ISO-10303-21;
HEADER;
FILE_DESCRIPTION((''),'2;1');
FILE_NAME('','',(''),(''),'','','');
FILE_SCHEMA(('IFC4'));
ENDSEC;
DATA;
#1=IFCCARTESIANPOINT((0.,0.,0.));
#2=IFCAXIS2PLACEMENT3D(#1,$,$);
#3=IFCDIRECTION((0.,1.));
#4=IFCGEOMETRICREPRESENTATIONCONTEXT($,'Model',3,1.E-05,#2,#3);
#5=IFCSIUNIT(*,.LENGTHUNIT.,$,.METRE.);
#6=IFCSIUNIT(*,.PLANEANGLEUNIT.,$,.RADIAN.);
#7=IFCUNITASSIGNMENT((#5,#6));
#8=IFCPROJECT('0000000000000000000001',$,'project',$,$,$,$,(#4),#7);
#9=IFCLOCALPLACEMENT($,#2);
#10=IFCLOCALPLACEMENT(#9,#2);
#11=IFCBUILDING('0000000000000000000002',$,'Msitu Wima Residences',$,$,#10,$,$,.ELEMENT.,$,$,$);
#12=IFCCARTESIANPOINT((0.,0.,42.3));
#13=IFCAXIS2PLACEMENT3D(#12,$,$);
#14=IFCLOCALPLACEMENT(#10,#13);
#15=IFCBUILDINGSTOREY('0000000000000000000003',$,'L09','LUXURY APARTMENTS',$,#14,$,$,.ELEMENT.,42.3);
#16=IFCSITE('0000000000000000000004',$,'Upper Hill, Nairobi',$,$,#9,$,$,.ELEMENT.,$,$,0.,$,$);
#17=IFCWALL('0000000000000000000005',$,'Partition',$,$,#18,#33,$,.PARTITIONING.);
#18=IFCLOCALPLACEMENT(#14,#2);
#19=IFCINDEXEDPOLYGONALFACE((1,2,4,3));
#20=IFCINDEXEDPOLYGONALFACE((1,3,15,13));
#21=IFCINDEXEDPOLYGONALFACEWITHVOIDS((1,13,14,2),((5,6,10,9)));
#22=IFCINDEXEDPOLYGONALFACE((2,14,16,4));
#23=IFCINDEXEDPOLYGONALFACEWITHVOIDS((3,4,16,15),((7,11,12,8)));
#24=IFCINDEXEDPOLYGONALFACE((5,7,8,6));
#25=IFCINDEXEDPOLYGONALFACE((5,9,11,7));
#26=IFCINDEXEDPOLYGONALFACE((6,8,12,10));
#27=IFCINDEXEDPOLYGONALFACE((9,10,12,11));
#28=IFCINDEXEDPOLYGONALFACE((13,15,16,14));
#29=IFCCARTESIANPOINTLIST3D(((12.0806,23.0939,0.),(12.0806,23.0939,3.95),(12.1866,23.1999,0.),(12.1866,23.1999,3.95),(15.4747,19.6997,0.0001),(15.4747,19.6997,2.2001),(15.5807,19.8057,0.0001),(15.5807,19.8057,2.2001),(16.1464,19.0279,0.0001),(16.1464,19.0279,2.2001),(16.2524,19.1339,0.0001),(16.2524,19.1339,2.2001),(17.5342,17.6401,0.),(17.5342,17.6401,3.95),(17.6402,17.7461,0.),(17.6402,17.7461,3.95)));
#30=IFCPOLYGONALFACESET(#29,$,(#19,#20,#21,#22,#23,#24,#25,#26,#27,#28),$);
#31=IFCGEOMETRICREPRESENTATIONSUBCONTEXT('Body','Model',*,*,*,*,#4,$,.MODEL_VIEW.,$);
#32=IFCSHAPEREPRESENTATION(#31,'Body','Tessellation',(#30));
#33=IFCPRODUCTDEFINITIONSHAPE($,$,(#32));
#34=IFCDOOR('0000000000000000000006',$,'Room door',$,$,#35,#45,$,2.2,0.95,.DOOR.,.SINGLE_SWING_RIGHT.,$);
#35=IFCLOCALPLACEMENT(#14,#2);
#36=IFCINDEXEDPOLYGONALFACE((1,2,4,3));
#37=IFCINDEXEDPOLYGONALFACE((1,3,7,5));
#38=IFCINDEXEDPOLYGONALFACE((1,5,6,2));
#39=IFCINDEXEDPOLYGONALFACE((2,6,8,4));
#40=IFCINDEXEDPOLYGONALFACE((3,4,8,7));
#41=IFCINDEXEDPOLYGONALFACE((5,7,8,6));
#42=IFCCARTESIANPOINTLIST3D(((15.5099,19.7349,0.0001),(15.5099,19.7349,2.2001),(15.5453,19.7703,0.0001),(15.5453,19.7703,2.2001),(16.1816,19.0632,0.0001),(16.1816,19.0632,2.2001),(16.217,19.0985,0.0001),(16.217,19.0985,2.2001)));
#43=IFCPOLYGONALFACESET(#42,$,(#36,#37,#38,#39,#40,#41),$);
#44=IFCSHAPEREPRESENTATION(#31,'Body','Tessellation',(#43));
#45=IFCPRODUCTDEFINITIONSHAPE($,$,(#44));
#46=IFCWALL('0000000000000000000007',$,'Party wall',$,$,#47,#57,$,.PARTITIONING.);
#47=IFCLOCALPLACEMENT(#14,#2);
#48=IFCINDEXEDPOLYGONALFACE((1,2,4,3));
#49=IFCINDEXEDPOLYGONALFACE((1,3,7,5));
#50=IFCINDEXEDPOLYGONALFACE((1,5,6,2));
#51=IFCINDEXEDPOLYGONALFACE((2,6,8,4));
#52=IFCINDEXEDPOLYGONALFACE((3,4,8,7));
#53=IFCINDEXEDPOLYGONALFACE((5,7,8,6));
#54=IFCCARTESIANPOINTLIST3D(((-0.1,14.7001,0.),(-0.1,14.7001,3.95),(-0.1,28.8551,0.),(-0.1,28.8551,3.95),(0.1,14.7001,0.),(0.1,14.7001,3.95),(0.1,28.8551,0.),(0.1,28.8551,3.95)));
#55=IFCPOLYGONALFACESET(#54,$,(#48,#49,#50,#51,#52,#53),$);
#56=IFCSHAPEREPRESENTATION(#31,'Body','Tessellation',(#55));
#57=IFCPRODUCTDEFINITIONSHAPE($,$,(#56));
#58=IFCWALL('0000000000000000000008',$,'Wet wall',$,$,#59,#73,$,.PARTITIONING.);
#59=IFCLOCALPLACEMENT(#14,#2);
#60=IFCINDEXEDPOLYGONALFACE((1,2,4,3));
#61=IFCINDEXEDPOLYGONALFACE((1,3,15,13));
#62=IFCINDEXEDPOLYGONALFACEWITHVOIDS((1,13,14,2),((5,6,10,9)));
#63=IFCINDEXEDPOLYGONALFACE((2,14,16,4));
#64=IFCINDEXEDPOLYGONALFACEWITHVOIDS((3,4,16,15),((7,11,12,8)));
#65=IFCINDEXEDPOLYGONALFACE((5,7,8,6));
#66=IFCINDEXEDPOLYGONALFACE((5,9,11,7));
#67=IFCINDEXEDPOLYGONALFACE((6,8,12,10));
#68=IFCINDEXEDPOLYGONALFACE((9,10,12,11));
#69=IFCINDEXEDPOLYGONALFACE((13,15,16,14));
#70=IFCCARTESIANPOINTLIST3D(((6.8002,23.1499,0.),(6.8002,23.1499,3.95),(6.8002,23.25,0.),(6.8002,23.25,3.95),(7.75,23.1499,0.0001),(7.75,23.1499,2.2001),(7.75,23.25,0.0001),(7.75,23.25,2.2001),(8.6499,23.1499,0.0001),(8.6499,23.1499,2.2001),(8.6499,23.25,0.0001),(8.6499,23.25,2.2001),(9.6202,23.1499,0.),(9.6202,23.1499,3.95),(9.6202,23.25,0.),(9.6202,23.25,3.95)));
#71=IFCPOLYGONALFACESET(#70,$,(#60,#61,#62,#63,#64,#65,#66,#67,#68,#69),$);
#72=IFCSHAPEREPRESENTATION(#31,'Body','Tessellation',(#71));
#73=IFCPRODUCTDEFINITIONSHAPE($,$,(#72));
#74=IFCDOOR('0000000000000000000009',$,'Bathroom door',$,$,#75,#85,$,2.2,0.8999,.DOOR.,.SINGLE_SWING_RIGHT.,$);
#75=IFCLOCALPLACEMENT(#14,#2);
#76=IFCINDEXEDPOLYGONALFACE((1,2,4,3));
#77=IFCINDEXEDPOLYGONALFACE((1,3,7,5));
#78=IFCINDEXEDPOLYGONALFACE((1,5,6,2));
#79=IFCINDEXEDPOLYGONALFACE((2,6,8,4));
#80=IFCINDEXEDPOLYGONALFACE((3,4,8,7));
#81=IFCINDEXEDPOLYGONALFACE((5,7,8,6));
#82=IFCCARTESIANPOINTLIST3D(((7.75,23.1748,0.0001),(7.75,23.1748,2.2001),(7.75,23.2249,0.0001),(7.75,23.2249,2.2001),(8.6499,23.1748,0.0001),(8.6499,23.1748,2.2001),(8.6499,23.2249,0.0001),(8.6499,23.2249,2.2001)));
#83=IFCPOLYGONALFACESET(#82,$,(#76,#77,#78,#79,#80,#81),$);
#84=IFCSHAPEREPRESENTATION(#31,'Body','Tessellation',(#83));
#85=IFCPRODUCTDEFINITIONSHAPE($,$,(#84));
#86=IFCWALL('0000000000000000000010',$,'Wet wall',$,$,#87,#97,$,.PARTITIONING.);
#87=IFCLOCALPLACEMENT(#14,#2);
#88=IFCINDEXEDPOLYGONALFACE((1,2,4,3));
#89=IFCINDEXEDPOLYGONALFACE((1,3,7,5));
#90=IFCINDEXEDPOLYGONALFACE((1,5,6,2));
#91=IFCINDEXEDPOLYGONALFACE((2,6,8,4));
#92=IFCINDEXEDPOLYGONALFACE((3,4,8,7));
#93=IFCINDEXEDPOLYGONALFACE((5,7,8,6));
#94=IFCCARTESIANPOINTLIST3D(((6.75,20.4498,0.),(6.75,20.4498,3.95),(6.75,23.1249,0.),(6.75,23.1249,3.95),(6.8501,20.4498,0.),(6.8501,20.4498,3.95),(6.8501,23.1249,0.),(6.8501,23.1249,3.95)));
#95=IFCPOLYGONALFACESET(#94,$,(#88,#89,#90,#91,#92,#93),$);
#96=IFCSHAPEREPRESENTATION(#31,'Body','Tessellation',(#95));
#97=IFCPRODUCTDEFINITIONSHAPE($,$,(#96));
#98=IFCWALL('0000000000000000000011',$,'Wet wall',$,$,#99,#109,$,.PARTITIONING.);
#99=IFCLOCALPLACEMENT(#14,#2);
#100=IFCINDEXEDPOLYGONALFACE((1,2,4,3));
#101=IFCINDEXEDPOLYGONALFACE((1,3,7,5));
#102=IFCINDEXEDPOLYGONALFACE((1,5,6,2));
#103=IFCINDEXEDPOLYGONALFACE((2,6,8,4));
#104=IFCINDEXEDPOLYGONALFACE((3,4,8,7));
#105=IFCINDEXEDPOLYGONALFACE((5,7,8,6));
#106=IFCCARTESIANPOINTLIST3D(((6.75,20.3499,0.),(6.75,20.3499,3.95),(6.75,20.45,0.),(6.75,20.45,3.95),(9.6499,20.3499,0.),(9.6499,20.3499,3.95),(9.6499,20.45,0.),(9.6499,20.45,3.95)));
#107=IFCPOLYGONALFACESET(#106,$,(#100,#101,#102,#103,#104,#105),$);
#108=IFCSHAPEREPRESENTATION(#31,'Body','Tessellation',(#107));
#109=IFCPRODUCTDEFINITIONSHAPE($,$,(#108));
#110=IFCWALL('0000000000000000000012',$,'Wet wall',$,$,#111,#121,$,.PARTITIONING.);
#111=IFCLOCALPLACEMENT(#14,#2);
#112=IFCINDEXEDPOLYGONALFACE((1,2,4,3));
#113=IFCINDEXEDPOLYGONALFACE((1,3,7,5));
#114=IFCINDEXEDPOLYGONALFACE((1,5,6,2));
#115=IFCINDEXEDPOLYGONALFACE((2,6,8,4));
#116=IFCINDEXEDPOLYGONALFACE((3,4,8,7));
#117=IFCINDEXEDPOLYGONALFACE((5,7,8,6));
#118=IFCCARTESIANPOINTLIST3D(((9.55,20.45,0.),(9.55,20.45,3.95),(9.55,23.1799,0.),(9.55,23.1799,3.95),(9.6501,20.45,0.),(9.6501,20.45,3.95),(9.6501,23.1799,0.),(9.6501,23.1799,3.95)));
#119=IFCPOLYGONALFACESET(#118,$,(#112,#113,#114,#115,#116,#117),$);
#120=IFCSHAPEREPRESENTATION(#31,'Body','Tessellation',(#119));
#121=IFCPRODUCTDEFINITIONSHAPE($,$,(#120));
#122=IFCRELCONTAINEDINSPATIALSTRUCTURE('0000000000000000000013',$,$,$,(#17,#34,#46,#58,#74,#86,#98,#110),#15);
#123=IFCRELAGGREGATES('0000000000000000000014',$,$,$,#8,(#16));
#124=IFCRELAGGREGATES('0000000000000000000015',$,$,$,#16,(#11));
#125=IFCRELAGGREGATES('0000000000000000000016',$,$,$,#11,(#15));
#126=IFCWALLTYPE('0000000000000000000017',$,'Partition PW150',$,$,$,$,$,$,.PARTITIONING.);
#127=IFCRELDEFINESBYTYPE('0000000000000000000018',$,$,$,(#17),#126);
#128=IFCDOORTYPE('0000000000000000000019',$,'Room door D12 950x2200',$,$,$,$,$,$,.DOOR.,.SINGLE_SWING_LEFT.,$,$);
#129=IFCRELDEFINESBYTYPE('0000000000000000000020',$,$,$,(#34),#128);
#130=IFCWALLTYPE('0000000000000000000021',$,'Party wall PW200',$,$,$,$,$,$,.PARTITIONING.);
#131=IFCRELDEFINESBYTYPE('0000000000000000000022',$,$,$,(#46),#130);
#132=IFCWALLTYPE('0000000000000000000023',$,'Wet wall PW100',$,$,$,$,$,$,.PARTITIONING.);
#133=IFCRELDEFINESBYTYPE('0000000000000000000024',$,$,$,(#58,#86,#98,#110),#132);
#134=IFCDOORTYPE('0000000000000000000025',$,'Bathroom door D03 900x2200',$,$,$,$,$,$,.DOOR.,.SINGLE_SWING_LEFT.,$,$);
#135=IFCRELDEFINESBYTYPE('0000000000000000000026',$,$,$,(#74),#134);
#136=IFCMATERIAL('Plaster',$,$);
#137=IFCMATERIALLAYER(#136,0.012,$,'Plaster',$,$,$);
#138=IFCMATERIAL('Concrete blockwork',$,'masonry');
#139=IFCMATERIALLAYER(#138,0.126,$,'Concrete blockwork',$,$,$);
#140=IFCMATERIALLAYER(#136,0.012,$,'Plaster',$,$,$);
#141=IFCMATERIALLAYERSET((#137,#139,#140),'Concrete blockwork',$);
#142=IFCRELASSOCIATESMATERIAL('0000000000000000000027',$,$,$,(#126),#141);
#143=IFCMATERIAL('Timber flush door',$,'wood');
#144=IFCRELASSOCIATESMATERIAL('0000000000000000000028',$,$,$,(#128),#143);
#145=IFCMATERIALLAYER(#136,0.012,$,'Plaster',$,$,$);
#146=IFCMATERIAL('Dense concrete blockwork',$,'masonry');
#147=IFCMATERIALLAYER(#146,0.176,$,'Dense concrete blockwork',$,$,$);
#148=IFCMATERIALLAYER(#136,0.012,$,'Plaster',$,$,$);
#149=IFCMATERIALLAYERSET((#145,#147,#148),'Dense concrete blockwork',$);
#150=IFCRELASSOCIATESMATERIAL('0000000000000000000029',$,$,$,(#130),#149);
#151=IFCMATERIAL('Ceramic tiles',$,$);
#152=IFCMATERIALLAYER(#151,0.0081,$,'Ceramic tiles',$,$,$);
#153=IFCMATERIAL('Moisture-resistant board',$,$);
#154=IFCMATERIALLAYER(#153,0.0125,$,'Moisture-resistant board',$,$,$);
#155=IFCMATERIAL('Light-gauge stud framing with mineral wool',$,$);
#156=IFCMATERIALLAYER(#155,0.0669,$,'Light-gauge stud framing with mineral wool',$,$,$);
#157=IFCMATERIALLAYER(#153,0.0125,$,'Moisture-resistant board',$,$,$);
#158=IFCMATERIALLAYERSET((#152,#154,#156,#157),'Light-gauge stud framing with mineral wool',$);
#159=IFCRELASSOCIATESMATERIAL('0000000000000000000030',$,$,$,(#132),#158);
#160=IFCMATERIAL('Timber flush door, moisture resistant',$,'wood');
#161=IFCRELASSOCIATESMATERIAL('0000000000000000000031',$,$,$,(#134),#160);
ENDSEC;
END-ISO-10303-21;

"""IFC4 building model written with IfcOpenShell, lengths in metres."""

from ifc_helpers import new_model, si_unit, direction, frame, frame_2d, origin, place, context, subcontext, project, spatial, rectangle, extrude, material, layer, layer_set, type_object, element, fill, save


model = new_model("IFC4")

# Units and contexts
model_context = context("Model", 3, precision=1e-05, world=origin(), true_north=direction((0.0, 1.0)))
body_context = subcontext(model_context, "Body", "Model", "MODEL_VIEW")
ifc_project = project(units=[si_unit("LENGTHUNIT", "METRE"), si_unit("PLANEANGLEUNIT", "RADIAN")], contexts=[model_context])

# Site, building, storey
site_placement = place(None, origin())
site = spatial("IfcSite", under=ifc_project, at=site_placement, Name="Upper Hill, Nairobi", CompositionType="ELEMENT", RefElevation=0.0)
building_placement = place(site_placement, origin())
building = spatial("IfcBuilding", under=site, at=building_placement, Name="Msitu Wima Residences", CompositionType="ELEMENT")
storey_placement = place(building_placement, frame((0.0, 0.0, 42.3)))
storey = spatial("IfcBuildingStorey", under=building, at=storey_placement, Name="L09", Description="LUXURY APARTMENTS", CompositionType="ELEMENT", Elevation=42.3)

# Shared definitions
ifc_material_1 = material(Name="Plaster")
ifc_layer_1 = layer(ifc_material_1, 0.012, Name="Plaster")
ifc_material_2 = material(Name="Concrete blockwork", Category="masonry")
ifc_layer_2 = layer(ifc_material_2, 0.126, Name="Concrete blockwork")
ifc_layer_3 = layer(ifc_material_1, 0.012, Name="Plaster")
ifc_layer_set_1 = layer_set([ifc_layer_1, ifc_layer_2, ifc_layer_3], Name="Concrete blockwork")
wall_type_1 = type_object("IfcWallType", Name="Partition PW150", PredefinedType="PARTITIONING", material=ifc_layer_set_1)
ifc_material_3 = material(Name="Timber flush door", Category="wood")
door_type_1 = type_object("IfcDoorType", Name="Room door D12 950x2200", OperationType="SINGLE_SWING_LEFT", PredefinedType="DOOR", material=ifc_material_3)

# Wall, opening, door
wall_1_placement = place(storey_placement, frame((12.1335, 23.147, 0.0), z_axis=(0.0, 0.0, 1.0), x_axis=(0.707091, -0.707123, 0.0)))
wall_1 = element("IfcWall", 1, at=wall_1_placement, inside=storey, type_object=wall_type_1, Name="Partition", PredefinedType="PARTITIONING", context=body_context, shape_type="SweptSolid", body=[
    extrude(rectangle(XDim=7.7126, YDim=0.1499, at=frame_2d((3.8564, 0.0))), origin(), (0.0, 0.0, 1.0), 3.95),
])
opening_1_placement = place(wall_1_placement, frame((4.8, 0.0, 0.0)))
opening_1 = element("IfcOpeningElement", 2, at=opening_1_placement, cuts=wall_1, PredefinedType="OPENING", context=body_context, shape_type="SweptSolid", body=[
    extrude(rectangle(XDim=0.95, YDim=2.2, at=frame_2d((0.4751, 1.1001))), frame((0.0, 0.085, 0.0), z_axis=(0.0, -1.0, 0.0), x_axis=(1.0, 0.0, 0.0)), (0.0, 0.0, 1.0), 0.1699),
])
door_1_placement = place(opening_1_placement, origin())
door_1 = element("IfcDoor", 3, at=door_1_placement, inside=storey, type_object=door_type_1, Name="Room door", OperationType="SINGLE_SWING_RIGHT", OverallHeight=2.2, OverallWidth=0.95, PredefinedType="DOOR", context=body_context, shape_type="SweptSolid", body=[
    extrude(rectangle(XDim=0.95, YDim=2.2, at=frame_2d((0.4751, 1.1001))), frame((0.0, 0.0249, 0.0), z_axis=(0.0, -1.0, 0.0), x_axis=(1.0, 0.0, 0.0)), (0.0, 0.0, 1.0), 0.05),
])
fill(opening_1, door_1)

# Wall
ifc_layer_4 = layer(ifc_material_1, 0.012, Name="Plaster")
ifc_material_4 = material(Name="Dense concrete blockwork", Category="masonry")
ifc_layer_5 = layer(ifc_material_4, 0.176, Name="Dense concrete blockwork")
ifc_layer_6 = layer(ifc_material_1, 0.012, Name="Plaster")
ifc_layer_set_2 = layer_set([ifc_layer_4, ifc_layer_5, ifc_layer_6], Name="Dense concrete blockwork")
wall_type_2 = type_object("IfcWallType", Name="Party wall PW200", PredefinedType="PARTITIONING", material=ifc_layer_set_2)
wall_2_placement = place(storey_placement, frame((0.0, 14.7, 0.0), z_axis=(0.0, 0.0, 1.0), x_axis=(0.0, 1.0, 0.0)))
element("IfcWall", 4, at=wall_2_placement, inside=storey, type_object=wall_type_2, Name="Party wall", PredefinedType="PARTITIONING", context=body_context, shape_type="SweptSolid", body=[
    extrude(rectangle(XDim=14.155, YDim=0.2, at=frame_2d((7.0776, 0.0))), origin(), (0.0, 0.0, 1.0), 3.95),
])

# Wall, opening, door
ifc_material_5 = material(Name="Ceramic tiles")
ifc_layer_7 = layer(ifc_material_5, 0.0081, Name="Ceramic tiles")
ifc_material_6 = material(Name="Moisture-resistant board")
ifc_layer_8 = layer(ifc_material_6, 0.0125, Name="Moisture-resistant board")
ifc_material_7 = material(Name="Light-gauge stud framing with mineral wool")
ifc_layer_9 = layer(ifc_material_7, 0.0669, Name="Light-gauge stud framing with mineral wool")
ifc_layer_10 = layer(ifc_material_6, 0.0125, Name="Moisture-resistant board")
ifc_layer_set_3 = layer_set([ifc_layer_7, ifc_layer_8, ifc_layer_9, ifc_layer_10], Name="Light-gauge stud framing with mineral wool")
wall_type_3 = type_object("IfcWallType", Name="Wet wall PW100", PredefinedType="PARTITIONING", material=ifc_layer_set_3)
wall_3_placement = place(storey_placement, frame((6.8, 23.2, 0.0), z_axis=(0.0, 0.0, 1.0), x_axis=(1.0, 0.0, 0.0)))
wall_3 = element("IfcWall", 5, at=wall_3_placement, inside=storey, type_object=wall_type_3, Name="Wet wall", PredefinedType="PARTITIONING", context=body_context, shape_type="SweptSolid", body=[
    extrude(rectangle(XDim=2.8201, YDim=0.1001, at=frame_2d((1.4102, 0.0))), origin(), (0.0, 0.0, 1.0), 3.95),
])
opening_2_placement = place(wall_3_placement, frame((0.95, 0.0, 0.0)))
opening_2 = element("IfcOpeningElement", 6, at=opening_2_placement, cuts=wall_3, PredefinedType="OPENING", context=body_context, shape_type="SweptSolid", body=[
    extrude(rectangle(XDim=0.8999, YDim=2.2, at=frame_2d((0.45, 1.1001))), frame((0.0, 0.0601, 0.0), z_axis=(0.0, -1.0, 0.0), x_axis=(1.0, 0.0, 0.0)), (0.0, 0.0, 1.0), 0.1201),
])
ifc_material_8 = material(Name="Timber flush door, moisture resistant", Category="wood")
door_type_2 = type_object("IfcDoorType", Name="Bathroom door D03 900x2200", OperationType="SINGLE_SWING_LEFT", PredefinedType="DOOR", material=ifc_material_8)
door_2_placement = place(opening_2_placement, origin())
door_2 = element("IfcDoor", 7, at=door_2_placement, inside=storey, type_object=door_type_2, Name="Bathroom door", OperationType="SINGLE_SWING_RIGHT", OverallHeight=2.2, OverallWidth=0.8999, PredefinedType="DOOR", context=body_context, shape_type="SweptSolid", body=[
    extrude(rectangle(XDim=0.8999, YDim=2.2, at=frame_2d((0.45, 1.1001))), frame((0.0, 0.0249, 0.0), z_axis=(0.0, -1.0, 0.0), x_axis=(1.0, 0.0, 0.0)), (0.0, 0.0, 1.0), 0.05),
])
fill(opening_2, door_2)

# Walls
wall_4_placement = place(storey_placement, frame((6.8, 20.45, 0.0), z_axis=(0.0, 0.0, 1.0), x_axis=(0.0, 1.0, 0.0)))
element("IfcWall", 8, at=wall_4_placement, inside=storey, type_object=wall_type_3, Name="Wet wall", PredefinedType="PARTITIONING", context=body_context, shape_type="SweptSolid", body=[
    extrude(rectangle(XDim=2.675, YDim=0.1001, at=frame_2d((1.3374, 0.0))), origin(), (0.0, 0.0, 1.0), 3.95),
])
wall_5_placement = place(storey_placement, frame((6.75, 20.3999, 0.0), z_axis=(0.0, 0.0, 1.0), x_axis=(1.0, 0.0, 0.0)))
element("IfcWall", 9, at=wall_5_placement, inside=storey, type_object=wall_type_3, Name="Wet wall", PredefinedType="PARTITIONING", context=body_context, shape_type="SweptSolid", body=[
    extrude(rectangle(XDim=2.8999, YDim=0.1001, at=frame_2d((1.45, 0.0))), origin(), (0.0, 0.0, 1.0), 3.95),
])
wall_6_placement = place(storey_placement, frame((9.6001, 20.45, 0.0), z_axis=(0.0, 0.0, 1.0), x_axis=(0.0, 1.0, 0.0)))
element("IfcWall", 10, at=wall_6_placement, inside=storey, type_object=wall_type_3, Name="Wet wall", PredefinedType="PARTITIONING", context=body_context, shape_type="SweptSolid", body=[
    extrude(rectangle(XDim=2.73, YDim=0.1001, at=frame_2d((1.365, 0.0))), origin(), (0.0, 0.0, 1.0), 3.95),
])

save(model, "model.ifc")
